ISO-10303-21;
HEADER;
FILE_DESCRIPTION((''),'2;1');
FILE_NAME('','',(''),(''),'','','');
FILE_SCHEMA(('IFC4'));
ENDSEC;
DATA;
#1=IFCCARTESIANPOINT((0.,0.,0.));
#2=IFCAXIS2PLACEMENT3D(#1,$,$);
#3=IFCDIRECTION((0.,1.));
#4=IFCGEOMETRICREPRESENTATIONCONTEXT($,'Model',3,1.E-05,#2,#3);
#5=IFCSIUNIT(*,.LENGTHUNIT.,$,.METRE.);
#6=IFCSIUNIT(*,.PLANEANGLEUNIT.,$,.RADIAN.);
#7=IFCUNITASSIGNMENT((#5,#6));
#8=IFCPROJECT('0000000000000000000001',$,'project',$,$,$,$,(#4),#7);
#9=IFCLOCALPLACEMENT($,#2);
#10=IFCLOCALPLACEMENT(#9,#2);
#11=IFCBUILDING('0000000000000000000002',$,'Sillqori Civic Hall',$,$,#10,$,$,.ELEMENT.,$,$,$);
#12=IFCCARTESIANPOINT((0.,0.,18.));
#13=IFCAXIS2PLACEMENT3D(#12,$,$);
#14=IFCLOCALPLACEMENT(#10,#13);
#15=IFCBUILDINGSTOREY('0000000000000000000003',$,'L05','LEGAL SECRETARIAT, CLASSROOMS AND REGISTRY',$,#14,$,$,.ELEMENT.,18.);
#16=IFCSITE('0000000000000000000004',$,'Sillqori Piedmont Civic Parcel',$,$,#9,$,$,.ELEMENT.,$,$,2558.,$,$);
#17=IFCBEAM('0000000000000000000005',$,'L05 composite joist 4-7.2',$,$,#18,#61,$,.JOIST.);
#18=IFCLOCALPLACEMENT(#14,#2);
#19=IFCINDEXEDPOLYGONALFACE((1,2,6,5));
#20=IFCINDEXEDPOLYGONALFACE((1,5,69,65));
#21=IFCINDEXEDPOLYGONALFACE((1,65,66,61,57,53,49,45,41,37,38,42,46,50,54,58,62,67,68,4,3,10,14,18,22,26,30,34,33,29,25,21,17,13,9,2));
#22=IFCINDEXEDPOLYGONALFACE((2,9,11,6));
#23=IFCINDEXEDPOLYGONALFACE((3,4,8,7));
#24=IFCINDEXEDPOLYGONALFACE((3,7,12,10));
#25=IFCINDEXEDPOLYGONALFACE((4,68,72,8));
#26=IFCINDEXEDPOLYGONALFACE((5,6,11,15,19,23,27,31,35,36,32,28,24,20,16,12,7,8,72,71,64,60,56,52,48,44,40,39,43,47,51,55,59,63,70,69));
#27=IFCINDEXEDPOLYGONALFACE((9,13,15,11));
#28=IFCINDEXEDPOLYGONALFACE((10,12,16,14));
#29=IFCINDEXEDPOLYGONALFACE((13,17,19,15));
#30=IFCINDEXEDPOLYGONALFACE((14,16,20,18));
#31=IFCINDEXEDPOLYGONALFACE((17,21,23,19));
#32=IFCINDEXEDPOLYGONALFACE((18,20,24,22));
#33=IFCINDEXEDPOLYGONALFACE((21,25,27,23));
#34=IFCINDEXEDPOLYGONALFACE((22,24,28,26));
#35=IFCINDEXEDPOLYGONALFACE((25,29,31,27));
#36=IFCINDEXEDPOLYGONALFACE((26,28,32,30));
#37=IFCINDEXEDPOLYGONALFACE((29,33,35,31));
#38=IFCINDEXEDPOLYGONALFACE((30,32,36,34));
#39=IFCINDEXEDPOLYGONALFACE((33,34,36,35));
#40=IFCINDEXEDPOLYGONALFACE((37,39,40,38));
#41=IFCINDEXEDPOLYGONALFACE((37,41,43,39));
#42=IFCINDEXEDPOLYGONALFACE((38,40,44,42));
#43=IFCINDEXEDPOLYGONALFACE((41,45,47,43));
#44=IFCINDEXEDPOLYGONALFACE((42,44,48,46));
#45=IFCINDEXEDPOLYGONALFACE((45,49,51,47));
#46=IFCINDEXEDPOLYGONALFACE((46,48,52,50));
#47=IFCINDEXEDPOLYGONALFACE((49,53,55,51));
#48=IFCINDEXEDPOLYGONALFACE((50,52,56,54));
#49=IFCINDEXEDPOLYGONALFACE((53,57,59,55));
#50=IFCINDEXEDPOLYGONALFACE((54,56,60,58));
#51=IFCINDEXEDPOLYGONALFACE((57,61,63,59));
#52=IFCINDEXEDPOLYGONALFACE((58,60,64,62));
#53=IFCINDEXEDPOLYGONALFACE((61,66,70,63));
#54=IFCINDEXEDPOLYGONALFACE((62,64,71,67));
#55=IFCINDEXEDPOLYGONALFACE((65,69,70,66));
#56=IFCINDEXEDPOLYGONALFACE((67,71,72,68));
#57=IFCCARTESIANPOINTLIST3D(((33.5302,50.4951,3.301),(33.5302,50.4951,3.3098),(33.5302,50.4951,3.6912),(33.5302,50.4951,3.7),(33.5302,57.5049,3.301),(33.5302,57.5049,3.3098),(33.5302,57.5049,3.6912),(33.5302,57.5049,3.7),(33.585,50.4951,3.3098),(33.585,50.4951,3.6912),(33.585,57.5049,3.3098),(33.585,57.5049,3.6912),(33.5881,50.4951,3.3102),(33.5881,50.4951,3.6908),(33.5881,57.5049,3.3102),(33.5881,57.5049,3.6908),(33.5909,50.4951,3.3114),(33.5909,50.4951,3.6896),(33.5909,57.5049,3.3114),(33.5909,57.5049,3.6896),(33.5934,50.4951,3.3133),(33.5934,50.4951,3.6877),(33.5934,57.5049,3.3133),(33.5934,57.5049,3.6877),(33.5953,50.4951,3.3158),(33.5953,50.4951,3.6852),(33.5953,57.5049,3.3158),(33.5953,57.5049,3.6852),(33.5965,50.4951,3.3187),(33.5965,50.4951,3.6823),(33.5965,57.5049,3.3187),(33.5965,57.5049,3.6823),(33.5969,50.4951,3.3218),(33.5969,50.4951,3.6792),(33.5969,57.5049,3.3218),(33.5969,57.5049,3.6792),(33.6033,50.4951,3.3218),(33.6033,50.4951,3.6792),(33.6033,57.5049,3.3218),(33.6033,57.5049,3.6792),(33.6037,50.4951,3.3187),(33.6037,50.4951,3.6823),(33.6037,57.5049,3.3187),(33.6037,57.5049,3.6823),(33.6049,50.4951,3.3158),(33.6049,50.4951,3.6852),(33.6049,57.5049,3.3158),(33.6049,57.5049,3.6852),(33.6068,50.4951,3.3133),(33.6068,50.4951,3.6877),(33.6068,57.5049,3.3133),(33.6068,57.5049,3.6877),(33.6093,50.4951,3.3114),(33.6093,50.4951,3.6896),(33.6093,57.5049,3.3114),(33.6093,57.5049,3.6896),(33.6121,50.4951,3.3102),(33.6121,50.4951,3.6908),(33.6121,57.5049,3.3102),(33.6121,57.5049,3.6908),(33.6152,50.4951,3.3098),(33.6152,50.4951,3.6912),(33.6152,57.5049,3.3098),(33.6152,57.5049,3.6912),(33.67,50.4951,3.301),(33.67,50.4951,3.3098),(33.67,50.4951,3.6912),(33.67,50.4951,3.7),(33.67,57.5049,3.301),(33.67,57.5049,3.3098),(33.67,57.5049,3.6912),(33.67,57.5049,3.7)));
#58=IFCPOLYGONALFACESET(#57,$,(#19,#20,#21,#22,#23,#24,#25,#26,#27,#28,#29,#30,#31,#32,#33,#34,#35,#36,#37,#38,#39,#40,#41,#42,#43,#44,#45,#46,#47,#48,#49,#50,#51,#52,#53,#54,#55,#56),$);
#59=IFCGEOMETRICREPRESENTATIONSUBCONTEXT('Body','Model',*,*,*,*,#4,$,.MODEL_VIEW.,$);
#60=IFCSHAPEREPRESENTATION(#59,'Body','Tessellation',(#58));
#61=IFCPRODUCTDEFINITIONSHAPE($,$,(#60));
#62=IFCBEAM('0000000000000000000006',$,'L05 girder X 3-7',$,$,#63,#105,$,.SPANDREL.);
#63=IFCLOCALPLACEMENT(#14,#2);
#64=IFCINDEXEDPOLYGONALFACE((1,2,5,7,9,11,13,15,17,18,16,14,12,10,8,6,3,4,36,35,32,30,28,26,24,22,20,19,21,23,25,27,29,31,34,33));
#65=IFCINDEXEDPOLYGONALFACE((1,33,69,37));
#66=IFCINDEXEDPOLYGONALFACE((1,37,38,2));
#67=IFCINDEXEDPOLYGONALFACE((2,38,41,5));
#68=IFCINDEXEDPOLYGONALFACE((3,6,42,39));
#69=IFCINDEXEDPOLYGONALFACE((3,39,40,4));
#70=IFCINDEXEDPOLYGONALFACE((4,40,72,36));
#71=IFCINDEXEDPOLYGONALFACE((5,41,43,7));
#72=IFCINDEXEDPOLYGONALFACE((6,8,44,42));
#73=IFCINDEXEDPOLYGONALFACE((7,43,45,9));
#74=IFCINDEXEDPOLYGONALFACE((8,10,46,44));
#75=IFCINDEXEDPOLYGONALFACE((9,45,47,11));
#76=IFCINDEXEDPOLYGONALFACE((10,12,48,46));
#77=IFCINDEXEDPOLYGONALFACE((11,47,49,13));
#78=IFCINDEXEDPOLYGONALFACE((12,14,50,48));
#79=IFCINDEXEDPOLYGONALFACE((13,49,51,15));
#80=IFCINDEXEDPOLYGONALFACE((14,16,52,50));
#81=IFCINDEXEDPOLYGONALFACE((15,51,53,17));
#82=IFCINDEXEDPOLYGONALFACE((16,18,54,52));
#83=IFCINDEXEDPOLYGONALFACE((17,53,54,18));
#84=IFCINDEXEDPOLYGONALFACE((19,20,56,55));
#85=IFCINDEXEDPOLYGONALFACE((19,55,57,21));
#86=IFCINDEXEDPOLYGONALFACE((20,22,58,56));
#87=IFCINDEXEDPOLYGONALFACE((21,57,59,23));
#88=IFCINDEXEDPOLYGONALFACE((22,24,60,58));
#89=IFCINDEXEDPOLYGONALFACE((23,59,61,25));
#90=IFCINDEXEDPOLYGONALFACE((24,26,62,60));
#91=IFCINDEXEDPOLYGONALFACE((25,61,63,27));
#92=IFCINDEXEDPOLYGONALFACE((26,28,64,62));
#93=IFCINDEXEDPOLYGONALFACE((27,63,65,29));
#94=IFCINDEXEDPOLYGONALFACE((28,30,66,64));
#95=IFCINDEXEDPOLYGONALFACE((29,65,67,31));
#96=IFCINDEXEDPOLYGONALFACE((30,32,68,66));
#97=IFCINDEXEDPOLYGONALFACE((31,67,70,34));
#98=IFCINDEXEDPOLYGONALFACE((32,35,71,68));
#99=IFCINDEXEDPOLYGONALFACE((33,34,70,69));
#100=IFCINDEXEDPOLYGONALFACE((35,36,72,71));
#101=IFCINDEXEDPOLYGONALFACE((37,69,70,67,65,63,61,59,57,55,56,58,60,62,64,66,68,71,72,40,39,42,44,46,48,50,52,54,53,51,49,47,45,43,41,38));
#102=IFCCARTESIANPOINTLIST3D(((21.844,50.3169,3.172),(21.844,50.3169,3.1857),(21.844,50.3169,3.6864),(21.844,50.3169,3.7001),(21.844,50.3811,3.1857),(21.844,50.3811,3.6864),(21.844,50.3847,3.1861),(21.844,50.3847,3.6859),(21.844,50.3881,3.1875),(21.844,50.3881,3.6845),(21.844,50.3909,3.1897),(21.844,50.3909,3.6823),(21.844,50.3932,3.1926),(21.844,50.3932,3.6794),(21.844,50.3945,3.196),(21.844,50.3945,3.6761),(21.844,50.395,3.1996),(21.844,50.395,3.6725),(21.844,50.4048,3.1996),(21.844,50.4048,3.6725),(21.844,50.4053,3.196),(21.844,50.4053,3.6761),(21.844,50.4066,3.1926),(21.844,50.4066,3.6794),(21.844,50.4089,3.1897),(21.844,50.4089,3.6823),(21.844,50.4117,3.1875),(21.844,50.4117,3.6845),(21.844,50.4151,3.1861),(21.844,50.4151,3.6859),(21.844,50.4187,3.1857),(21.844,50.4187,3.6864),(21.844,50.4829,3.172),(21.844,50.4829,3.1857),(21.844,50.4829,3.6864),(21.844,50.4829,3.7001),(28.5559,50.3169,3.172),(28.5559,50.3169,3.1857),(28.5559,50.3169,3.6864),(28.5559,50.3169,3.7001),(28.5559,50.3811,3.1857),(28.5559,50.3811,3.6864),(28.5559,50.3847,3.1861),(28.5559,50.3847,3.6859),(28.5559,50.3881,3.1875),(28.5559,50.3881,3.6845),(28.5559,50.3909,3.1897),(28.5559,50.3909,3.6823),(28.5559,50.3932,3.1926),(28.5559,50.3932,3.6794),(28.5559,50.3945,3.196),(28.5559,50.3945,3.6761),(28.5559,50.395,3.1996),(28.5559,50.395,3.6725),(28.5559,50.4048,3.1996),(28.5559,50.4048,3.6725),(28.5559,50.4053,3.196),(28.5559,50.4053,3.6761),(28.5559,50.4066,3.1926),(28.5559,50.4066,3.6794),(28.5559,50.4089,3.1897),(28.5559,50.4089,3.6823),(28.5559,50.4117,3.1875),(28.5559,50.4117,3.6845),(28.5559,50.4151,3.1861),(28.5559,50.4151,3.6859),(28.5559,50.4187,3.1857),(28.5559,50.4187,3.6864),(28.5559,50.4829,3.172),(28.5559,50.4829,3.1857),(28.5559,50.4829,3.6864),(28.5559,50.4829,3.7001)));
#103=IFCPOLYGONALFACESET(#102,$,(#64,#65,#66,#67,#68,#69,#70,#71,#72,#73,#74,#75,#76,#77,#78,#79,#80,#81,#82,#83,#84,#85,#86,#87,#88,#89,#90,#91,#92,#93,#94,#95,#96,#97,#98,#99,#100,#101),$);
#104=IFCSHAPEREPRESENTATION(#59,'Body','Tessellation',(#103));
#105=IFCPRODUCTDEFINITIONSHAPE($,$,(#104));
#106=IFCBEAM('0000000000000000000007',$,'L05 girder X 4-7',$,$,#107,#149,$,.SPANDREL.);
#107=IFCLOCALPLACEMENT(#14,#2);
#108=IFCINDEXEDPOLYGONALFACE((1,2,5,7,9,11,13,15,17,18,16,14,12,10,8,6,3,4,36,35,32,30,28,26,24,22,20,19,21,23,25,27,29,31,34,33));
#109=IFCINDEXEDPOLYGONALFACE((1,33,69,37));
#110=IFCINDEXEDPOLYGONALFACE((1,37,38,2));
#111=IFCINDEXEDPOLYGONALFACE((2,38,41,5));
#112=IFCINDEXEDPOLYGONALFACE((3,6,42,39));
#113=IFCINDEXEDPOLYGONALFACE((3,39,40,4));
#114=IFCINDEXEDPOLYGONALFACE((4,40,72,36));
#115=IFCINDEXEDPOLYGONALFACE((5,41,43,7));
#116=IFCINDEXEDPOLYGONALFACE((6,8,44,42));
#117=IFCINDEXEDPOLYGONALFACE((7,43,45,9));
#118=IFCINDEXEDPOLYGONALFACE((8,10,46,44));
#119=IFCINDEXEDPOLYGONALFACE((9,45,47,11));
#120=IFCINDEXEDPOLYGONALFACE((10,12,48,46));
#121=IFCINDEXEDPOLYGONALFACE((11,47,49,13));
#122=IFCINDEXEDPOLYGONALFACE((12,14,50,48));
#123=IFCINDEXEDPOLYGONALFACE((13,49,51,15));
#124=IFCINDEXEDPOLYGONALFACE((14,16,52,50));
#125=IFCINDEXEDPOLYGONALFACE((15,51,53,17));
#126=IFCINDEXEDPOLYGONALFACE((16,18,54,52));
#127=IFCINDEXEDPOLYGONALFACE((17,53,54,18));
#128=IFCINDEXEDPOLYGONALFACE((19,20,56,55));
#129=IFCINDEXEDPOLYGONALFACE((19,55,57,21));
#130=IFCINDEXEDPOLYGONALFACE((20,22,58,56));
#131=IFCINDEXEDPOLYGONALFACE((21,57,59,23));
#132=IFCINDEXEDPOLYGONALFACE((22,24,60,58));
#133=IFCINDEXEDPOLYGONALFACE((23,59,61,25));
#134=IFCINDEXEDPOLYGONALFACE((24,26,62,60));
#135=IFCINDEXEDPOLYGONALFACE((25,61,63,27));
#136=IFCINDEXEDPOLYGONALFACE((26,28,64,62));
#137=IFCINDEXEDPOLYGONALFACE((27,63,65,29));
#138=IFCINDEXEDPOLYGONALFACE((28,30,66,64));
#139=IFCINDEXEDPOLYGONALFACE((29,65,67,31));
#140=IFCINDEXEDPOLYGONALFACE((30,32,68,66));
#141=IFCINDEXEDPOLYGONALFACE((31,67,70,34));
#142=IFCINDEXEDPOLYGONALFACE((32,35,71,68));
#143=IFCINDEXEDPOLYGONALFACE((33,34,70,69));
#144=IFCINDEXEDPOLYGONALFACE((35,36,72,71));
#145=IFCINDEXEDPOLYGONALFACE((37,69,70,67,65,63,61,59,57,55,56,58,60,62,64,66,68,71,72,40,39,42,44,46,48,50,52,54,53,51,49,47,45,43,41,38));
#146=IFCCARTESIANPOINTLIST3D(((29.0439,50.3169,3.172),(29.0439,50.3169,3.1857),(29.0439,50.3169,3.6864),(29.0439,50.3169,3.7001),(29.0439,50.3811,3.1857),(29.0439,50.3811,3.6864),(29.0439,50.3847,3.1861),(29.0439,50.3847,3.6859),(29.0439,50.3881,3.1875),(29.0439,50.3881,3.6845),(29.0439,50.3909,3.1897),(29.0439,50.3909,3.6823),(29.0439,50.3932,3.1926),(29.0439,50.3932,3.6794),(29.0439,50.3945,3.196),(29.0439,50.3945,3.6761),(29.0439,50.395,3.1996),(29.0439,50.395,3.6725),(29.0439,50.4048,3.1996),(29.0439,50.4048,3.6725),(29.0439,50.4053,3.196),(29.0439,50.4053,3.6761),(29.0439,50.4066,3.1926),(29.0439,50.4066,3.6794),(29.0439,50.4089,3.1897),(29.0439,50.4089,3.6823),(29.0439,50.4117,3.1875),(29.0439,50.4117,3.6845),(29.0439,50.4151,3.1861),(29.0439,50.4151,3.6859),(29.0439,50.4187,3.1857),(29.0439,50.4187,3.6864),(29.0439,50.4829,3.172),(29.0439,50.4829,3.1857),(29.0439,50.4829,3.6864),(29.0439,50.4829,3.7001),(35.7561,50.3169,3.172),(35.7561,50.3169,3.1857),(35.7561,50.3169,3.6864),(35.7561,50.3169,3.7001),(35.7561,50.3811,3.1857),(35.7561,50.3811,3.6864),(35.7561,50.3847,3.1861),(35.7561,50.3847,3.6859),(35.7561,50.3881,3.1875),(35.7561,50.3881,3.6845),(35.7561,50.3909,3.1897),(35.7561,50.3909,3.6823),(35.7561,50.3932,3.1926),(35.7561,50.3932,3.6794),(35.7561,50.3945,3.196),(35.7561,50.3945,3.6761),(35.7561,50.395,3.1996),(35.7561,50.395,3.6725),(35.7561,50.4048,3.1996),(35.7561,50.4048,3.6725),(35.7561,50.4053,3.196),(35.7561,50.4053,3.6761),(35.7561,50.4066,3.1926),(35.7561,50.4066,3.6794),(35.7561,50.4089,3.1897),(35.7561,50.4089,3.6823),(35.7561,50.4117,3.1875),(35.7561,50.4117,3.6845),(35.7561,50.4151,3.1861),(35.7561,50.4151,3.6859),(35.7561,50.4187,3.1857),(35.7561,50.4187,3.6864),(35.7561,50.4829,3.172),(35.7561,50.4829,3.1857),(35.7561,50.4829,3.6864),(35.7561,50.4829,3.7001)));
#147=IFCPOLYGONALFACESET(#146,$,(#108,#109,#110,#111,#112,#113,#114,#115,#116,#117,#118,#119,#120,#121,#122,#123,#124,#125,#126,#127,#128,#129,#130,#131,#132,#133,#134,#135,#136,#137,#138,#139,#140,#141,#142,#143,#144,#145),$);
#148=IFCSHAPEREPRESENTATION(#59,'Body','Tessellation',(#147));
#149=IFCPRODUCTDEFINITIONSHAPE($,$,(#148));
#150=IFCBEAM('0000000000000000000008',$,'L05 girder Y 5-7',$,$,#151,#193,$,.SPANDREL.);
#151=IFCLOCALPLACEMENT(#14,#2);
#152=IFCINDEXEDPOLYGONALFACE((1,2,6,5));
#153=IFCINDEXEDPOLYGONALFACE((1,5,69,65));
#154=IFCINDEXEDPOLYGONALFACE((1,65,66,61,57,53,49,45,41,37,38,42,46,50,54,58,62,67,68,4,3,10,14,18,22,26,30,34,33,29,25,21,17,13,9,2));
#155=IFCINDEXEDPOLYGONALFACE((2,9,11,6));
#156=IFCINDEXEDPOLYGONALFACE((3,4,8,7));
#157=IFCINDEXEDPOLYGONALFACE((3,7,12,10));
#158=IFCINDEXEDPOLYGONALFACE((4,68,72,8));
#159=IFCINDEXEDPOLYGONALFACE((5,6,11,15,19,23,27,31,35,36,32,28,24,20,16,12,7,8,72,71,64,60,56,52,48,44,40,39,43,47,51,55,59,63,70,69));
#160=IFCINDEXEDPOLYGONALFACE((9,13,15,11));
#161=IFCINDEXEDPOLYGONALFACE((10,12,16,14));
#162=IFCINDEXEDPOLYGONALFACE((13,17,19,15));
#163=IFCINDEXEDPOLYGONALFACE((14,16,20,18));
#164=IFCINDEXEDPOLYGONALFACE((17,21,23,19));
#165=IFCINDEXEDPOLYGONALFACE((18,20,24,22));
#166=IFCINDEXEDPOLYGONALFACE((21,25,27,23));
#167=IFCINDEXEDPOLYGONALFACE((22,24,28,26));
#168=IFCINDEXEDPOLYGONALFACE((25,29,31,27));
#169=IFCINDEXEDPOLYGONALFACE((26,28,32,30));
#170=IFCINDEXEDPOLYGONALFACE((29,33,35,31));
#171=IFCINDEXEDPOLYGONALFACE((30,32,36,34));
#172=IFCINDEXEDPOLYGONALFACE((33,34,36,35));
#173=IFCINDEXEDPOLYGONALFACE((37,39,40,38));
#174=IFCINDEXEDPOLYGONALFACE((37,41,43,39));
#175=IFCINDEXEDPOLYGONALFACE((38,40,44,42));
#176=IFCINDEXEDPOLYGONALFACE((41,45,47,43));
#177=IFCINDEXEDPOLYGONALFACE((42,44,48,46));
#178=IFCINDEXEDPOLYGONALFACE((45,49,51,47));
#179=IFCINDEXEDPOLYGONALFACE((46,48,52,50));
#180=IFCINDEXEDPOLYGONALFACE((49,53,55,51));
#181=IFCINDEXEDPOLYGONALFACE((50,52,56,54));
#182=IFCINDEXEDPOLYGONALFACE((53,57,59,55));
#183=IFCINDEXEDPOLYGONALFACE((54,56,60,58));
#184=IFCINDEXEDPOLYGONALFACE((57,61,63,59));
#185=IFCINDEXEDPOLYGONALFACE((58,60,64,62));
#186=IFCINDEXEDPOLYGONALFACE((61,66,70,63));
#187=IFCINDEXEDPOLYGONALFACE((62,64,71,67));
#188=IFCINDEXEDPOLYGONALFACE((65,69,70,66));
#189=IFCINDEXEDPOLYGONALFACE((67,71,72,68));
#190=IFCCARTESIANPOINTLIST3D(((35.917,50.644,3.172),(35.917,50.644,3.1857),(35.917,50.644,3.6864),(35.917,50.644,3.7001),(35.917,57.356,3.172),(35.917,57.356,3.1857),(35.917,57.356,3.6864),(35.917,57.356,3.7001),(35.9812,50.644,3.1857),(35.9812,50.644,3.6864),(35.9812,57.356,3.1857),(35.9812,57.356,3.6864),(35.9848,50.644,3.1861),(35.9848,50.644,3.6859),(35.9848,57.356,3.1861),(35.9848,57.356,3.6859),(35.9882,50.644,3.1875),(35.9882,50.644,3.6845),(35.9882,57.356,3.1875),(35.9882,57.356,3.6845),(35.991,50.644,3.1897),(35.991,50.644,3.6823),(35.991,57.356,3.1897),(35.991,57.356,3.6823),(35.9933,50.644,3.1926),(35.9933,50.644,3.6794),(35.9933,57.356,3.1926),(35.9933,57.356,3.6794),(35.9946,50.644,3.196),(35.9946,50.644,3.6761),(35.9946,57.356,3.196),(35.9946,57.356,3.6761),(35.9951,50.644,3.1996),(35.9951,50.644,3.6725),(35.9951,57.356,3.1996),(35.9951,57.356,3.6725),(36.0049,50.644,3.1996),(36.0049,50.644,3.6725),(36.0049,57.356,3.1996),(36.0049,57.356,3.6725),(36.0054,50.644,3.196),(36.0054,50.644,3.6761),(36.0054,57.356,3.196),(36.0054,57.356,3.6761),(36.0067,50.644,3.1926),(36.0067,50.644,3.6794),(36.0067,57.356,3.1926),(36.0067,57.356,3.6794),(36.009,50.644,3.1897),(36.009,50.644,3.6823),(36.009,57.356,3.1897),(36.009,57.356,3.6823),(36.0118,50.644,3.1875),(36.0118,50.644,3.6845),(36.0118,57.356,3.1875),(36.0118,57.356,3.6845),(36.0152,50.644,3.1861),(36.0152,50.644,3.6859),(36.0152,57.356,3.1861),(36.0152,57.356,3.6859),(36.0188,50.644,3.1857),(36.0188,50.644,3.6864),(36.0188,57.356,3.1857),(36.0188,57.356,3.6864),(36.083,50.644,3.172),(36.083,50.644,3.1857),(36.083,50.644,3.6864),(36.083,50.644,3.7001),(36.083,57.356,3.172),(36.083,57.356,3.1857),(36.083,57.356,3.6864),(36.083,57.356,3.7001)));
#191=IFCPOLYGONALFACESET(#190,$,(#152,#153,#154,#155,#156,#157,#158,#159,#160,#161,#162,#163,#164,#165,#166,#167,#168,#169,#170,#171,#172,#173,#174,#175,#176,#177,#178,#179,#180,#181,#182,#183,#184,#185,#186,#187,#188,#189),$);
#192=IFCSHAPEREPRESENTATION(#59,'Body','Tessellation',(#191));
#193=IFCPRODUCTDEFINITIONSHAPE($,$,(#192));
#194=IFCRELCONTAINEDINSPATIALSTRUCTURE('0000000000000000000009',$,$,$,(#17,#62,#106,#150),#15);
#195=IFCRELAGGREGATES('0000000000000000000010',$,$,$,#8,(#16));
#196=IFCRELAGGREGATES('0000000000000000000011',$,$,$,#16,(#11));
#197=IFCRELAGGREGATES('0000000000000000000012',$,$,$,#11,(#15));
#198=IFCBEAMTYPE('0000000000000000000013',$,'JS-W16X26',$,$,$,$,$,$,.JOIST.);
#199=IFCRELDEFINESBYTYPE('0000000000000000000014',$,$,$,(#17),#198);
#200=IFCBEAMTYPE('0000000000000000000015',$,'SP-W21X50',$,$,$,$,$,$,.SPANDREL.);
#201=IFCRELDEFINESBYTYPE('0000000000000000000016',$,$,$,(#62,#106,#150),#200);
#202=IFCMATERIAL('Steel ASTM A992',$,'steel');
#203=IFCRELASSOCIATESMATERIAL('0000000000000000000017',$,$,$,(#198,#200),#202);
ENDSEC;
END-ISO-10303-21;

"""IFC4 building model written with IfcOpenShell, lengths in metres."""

from ifc_helpers import new_model, si_unit, direction, frame, origin, origin_2d, place, context, subcontext, project, spatial, i_section, extrude, material, material_profile, profile_set, type_object, element, save


model = new_model("IFC4")

# Units and contexts
model_context = context("Model", 3, precision=1e-05, world=origin(), true_north=direction((0.0, 1.0)))
body_context = subcontext(model_context, "Body", "Model", "MODEL_VIEW")
ifc_project = project(units=[si_unit("LENGTHUNIT", "METRE"), si_unit("PLANEANGLEUNIT", "RADIAN")], contexts=[model_context])

# Site, building, storey
site_placement = place(None, origin())
site = spatial("IfcSite", under=ifc_project, at=site_placement, Name="Sillqori Piedmont Civic Parcel", CompositionType="ELEMENT", RefElevation=2558.0)
building_placement = place(site_placement, origin())
building = spatial("IfcBuilding", under=site, at=building_placement, Name="Sillqori Civic Hall", CompositionType="ELEMENT")
storey_placement = place(building_placement, frame((0.0, 0.0, 18.0)))
storey = spatial("IfcBuildingStorey", under=building, at=storey_placement, Name="L05", Description="LEGAL SECRETARIAT, CLASSROOMS AND REGISTRY", CompositionType="ELEMENT", Elevation=18.0)

# Beams
ifc_material_1 = material(Name="Steel ASTM A992", Category="steel")
ifc_material_profile_1 = material_profile(ifc_material_1, i_section(OverallWidth=0.1399, OverallDepth=0.3989, WebThickness=0.0063, FlangeThickness=0.0088, FilletRadius=0.012, at=origin_2d()), Name="W16X26")
ifc_profile_set_1 = profile_set([ifc_material_profile_1], Name="Steel ASTM A992")
beam_type_1 = type_object("IfcBeamType", Name="JS-W16X26", PredefinedType="JOIST", material=ifc_profile_set_1)
for number, where, z_axis, x_axis, name in (
    (1, (33.6001, 50.4951, 3.5005), (0.0, 1.0, 0.0), (-1.0, 0.0, 0.0), "L05 composite joist 4-7.2"),
):
    element("IfcBeam", number, at=place(storey_placement, frame(where, z_axis=z_axis, x_axis=x_axis)), inside=storey, type_object=beam_type_1, Name=name, PredefinedType="JOIST", context=body_context, shape_type="SweptSolid", body=[
        extrude(i_section(OverallWidth=0.1399, OverallDepth=0.3989, WebThickness=0.0063, FlangeThickness=0.0088, FilletRadius=0.012, at=origin_2d()), origin(), (0.0, 0.0, 1.0), 7.0098),
    ])
ifc_material_profile_2 = material_profile(ifc_material_1, i_section(OverallWidth=0.166, OverallDepth=0.5281, WebThickness=0.0098, FlangeThickness=0.0137, FilletRadius=0.0139, at=origin_2d()), Name="W21X50")
ifc_profile_set_2 = profile_set([ifc_material_profile_2], Name="Steel ASTM A992")
beam_type_2 = type_object("IfcBeamType", Name="SP-W21X50", PredefinedType="SPANDREL", material=ifc_profile_set_2)
beam_1_placement = place(storey_placement, frame((21.844, 50.3999, 3.436), z_axis=(1.0, 0.0, 0.0), x_axis=(0.0, 1.0, 0.0)))
element("IfcBeam", 2, at=beam_1_placement, inside=storey, type_object=beam_type_2, Name="L05 girder X 3-7", PredefinedType="SPANDREL", context=body_context, shape_type="SweptSolid", body=[
    extrude(i_section(OverallWidth=0.166, OverallDepth=0.5281, WebThickness=0.0098, FlangeThickness=0.0137, FilletRadius=0.0139, at=origin_2d()), origin(), (0.0, 0.0, 1.0), 6.7119),
])
beam_2_placement = place(storey_placement, frame((29.0439, 50.3999, 3.436), z_axis=(1.0, 0.0, 0.0), x_axis=(0.0, 1.0, 0.0)))
element("IfcBeam", 3, at=beam_2_placement, inside=storey, type_object=beam_type_2, Name="L05 girder X 4-7", PredefinedType="SPANDREL", context=body_context, shape_type="SweptSolid", body=[
    extrude(i_section(OverallWidth=0.166, OverallDepth=0.5281, WebThickness=0.0098, FlangeThickness=0.0137, FilletRadius=0.0139, at=origin_2d()), origin(), (0.0, 0.0, 1.0), 6.7122),
])
beam_3_placement = place(storey_placement, frame((36.0, 50.644, 3.436), z_axis=(0.0, 1.0, 0.0), x_axis=(-1.0, 0.0, 0.0)))
element("IfcBeam", 4, at=beam_3_placement, inside=storey, type_object=beam_type_2, Name="L05 girder Y 5-7", PredefinedType="SPANDREL", context=body_context, shape_type="SweptSolid", body=[
    extrude(i_section(OverallWidth=0.166, OverallDepth=0.5281, WebThickness=0.0098, FlangeThickness=0.0137, FilletRadius=0.0139, at=origin_2d()), origin(), (0.0, 0.0, 1.0), 6.7119),
])

save(model, "model.ifc")
